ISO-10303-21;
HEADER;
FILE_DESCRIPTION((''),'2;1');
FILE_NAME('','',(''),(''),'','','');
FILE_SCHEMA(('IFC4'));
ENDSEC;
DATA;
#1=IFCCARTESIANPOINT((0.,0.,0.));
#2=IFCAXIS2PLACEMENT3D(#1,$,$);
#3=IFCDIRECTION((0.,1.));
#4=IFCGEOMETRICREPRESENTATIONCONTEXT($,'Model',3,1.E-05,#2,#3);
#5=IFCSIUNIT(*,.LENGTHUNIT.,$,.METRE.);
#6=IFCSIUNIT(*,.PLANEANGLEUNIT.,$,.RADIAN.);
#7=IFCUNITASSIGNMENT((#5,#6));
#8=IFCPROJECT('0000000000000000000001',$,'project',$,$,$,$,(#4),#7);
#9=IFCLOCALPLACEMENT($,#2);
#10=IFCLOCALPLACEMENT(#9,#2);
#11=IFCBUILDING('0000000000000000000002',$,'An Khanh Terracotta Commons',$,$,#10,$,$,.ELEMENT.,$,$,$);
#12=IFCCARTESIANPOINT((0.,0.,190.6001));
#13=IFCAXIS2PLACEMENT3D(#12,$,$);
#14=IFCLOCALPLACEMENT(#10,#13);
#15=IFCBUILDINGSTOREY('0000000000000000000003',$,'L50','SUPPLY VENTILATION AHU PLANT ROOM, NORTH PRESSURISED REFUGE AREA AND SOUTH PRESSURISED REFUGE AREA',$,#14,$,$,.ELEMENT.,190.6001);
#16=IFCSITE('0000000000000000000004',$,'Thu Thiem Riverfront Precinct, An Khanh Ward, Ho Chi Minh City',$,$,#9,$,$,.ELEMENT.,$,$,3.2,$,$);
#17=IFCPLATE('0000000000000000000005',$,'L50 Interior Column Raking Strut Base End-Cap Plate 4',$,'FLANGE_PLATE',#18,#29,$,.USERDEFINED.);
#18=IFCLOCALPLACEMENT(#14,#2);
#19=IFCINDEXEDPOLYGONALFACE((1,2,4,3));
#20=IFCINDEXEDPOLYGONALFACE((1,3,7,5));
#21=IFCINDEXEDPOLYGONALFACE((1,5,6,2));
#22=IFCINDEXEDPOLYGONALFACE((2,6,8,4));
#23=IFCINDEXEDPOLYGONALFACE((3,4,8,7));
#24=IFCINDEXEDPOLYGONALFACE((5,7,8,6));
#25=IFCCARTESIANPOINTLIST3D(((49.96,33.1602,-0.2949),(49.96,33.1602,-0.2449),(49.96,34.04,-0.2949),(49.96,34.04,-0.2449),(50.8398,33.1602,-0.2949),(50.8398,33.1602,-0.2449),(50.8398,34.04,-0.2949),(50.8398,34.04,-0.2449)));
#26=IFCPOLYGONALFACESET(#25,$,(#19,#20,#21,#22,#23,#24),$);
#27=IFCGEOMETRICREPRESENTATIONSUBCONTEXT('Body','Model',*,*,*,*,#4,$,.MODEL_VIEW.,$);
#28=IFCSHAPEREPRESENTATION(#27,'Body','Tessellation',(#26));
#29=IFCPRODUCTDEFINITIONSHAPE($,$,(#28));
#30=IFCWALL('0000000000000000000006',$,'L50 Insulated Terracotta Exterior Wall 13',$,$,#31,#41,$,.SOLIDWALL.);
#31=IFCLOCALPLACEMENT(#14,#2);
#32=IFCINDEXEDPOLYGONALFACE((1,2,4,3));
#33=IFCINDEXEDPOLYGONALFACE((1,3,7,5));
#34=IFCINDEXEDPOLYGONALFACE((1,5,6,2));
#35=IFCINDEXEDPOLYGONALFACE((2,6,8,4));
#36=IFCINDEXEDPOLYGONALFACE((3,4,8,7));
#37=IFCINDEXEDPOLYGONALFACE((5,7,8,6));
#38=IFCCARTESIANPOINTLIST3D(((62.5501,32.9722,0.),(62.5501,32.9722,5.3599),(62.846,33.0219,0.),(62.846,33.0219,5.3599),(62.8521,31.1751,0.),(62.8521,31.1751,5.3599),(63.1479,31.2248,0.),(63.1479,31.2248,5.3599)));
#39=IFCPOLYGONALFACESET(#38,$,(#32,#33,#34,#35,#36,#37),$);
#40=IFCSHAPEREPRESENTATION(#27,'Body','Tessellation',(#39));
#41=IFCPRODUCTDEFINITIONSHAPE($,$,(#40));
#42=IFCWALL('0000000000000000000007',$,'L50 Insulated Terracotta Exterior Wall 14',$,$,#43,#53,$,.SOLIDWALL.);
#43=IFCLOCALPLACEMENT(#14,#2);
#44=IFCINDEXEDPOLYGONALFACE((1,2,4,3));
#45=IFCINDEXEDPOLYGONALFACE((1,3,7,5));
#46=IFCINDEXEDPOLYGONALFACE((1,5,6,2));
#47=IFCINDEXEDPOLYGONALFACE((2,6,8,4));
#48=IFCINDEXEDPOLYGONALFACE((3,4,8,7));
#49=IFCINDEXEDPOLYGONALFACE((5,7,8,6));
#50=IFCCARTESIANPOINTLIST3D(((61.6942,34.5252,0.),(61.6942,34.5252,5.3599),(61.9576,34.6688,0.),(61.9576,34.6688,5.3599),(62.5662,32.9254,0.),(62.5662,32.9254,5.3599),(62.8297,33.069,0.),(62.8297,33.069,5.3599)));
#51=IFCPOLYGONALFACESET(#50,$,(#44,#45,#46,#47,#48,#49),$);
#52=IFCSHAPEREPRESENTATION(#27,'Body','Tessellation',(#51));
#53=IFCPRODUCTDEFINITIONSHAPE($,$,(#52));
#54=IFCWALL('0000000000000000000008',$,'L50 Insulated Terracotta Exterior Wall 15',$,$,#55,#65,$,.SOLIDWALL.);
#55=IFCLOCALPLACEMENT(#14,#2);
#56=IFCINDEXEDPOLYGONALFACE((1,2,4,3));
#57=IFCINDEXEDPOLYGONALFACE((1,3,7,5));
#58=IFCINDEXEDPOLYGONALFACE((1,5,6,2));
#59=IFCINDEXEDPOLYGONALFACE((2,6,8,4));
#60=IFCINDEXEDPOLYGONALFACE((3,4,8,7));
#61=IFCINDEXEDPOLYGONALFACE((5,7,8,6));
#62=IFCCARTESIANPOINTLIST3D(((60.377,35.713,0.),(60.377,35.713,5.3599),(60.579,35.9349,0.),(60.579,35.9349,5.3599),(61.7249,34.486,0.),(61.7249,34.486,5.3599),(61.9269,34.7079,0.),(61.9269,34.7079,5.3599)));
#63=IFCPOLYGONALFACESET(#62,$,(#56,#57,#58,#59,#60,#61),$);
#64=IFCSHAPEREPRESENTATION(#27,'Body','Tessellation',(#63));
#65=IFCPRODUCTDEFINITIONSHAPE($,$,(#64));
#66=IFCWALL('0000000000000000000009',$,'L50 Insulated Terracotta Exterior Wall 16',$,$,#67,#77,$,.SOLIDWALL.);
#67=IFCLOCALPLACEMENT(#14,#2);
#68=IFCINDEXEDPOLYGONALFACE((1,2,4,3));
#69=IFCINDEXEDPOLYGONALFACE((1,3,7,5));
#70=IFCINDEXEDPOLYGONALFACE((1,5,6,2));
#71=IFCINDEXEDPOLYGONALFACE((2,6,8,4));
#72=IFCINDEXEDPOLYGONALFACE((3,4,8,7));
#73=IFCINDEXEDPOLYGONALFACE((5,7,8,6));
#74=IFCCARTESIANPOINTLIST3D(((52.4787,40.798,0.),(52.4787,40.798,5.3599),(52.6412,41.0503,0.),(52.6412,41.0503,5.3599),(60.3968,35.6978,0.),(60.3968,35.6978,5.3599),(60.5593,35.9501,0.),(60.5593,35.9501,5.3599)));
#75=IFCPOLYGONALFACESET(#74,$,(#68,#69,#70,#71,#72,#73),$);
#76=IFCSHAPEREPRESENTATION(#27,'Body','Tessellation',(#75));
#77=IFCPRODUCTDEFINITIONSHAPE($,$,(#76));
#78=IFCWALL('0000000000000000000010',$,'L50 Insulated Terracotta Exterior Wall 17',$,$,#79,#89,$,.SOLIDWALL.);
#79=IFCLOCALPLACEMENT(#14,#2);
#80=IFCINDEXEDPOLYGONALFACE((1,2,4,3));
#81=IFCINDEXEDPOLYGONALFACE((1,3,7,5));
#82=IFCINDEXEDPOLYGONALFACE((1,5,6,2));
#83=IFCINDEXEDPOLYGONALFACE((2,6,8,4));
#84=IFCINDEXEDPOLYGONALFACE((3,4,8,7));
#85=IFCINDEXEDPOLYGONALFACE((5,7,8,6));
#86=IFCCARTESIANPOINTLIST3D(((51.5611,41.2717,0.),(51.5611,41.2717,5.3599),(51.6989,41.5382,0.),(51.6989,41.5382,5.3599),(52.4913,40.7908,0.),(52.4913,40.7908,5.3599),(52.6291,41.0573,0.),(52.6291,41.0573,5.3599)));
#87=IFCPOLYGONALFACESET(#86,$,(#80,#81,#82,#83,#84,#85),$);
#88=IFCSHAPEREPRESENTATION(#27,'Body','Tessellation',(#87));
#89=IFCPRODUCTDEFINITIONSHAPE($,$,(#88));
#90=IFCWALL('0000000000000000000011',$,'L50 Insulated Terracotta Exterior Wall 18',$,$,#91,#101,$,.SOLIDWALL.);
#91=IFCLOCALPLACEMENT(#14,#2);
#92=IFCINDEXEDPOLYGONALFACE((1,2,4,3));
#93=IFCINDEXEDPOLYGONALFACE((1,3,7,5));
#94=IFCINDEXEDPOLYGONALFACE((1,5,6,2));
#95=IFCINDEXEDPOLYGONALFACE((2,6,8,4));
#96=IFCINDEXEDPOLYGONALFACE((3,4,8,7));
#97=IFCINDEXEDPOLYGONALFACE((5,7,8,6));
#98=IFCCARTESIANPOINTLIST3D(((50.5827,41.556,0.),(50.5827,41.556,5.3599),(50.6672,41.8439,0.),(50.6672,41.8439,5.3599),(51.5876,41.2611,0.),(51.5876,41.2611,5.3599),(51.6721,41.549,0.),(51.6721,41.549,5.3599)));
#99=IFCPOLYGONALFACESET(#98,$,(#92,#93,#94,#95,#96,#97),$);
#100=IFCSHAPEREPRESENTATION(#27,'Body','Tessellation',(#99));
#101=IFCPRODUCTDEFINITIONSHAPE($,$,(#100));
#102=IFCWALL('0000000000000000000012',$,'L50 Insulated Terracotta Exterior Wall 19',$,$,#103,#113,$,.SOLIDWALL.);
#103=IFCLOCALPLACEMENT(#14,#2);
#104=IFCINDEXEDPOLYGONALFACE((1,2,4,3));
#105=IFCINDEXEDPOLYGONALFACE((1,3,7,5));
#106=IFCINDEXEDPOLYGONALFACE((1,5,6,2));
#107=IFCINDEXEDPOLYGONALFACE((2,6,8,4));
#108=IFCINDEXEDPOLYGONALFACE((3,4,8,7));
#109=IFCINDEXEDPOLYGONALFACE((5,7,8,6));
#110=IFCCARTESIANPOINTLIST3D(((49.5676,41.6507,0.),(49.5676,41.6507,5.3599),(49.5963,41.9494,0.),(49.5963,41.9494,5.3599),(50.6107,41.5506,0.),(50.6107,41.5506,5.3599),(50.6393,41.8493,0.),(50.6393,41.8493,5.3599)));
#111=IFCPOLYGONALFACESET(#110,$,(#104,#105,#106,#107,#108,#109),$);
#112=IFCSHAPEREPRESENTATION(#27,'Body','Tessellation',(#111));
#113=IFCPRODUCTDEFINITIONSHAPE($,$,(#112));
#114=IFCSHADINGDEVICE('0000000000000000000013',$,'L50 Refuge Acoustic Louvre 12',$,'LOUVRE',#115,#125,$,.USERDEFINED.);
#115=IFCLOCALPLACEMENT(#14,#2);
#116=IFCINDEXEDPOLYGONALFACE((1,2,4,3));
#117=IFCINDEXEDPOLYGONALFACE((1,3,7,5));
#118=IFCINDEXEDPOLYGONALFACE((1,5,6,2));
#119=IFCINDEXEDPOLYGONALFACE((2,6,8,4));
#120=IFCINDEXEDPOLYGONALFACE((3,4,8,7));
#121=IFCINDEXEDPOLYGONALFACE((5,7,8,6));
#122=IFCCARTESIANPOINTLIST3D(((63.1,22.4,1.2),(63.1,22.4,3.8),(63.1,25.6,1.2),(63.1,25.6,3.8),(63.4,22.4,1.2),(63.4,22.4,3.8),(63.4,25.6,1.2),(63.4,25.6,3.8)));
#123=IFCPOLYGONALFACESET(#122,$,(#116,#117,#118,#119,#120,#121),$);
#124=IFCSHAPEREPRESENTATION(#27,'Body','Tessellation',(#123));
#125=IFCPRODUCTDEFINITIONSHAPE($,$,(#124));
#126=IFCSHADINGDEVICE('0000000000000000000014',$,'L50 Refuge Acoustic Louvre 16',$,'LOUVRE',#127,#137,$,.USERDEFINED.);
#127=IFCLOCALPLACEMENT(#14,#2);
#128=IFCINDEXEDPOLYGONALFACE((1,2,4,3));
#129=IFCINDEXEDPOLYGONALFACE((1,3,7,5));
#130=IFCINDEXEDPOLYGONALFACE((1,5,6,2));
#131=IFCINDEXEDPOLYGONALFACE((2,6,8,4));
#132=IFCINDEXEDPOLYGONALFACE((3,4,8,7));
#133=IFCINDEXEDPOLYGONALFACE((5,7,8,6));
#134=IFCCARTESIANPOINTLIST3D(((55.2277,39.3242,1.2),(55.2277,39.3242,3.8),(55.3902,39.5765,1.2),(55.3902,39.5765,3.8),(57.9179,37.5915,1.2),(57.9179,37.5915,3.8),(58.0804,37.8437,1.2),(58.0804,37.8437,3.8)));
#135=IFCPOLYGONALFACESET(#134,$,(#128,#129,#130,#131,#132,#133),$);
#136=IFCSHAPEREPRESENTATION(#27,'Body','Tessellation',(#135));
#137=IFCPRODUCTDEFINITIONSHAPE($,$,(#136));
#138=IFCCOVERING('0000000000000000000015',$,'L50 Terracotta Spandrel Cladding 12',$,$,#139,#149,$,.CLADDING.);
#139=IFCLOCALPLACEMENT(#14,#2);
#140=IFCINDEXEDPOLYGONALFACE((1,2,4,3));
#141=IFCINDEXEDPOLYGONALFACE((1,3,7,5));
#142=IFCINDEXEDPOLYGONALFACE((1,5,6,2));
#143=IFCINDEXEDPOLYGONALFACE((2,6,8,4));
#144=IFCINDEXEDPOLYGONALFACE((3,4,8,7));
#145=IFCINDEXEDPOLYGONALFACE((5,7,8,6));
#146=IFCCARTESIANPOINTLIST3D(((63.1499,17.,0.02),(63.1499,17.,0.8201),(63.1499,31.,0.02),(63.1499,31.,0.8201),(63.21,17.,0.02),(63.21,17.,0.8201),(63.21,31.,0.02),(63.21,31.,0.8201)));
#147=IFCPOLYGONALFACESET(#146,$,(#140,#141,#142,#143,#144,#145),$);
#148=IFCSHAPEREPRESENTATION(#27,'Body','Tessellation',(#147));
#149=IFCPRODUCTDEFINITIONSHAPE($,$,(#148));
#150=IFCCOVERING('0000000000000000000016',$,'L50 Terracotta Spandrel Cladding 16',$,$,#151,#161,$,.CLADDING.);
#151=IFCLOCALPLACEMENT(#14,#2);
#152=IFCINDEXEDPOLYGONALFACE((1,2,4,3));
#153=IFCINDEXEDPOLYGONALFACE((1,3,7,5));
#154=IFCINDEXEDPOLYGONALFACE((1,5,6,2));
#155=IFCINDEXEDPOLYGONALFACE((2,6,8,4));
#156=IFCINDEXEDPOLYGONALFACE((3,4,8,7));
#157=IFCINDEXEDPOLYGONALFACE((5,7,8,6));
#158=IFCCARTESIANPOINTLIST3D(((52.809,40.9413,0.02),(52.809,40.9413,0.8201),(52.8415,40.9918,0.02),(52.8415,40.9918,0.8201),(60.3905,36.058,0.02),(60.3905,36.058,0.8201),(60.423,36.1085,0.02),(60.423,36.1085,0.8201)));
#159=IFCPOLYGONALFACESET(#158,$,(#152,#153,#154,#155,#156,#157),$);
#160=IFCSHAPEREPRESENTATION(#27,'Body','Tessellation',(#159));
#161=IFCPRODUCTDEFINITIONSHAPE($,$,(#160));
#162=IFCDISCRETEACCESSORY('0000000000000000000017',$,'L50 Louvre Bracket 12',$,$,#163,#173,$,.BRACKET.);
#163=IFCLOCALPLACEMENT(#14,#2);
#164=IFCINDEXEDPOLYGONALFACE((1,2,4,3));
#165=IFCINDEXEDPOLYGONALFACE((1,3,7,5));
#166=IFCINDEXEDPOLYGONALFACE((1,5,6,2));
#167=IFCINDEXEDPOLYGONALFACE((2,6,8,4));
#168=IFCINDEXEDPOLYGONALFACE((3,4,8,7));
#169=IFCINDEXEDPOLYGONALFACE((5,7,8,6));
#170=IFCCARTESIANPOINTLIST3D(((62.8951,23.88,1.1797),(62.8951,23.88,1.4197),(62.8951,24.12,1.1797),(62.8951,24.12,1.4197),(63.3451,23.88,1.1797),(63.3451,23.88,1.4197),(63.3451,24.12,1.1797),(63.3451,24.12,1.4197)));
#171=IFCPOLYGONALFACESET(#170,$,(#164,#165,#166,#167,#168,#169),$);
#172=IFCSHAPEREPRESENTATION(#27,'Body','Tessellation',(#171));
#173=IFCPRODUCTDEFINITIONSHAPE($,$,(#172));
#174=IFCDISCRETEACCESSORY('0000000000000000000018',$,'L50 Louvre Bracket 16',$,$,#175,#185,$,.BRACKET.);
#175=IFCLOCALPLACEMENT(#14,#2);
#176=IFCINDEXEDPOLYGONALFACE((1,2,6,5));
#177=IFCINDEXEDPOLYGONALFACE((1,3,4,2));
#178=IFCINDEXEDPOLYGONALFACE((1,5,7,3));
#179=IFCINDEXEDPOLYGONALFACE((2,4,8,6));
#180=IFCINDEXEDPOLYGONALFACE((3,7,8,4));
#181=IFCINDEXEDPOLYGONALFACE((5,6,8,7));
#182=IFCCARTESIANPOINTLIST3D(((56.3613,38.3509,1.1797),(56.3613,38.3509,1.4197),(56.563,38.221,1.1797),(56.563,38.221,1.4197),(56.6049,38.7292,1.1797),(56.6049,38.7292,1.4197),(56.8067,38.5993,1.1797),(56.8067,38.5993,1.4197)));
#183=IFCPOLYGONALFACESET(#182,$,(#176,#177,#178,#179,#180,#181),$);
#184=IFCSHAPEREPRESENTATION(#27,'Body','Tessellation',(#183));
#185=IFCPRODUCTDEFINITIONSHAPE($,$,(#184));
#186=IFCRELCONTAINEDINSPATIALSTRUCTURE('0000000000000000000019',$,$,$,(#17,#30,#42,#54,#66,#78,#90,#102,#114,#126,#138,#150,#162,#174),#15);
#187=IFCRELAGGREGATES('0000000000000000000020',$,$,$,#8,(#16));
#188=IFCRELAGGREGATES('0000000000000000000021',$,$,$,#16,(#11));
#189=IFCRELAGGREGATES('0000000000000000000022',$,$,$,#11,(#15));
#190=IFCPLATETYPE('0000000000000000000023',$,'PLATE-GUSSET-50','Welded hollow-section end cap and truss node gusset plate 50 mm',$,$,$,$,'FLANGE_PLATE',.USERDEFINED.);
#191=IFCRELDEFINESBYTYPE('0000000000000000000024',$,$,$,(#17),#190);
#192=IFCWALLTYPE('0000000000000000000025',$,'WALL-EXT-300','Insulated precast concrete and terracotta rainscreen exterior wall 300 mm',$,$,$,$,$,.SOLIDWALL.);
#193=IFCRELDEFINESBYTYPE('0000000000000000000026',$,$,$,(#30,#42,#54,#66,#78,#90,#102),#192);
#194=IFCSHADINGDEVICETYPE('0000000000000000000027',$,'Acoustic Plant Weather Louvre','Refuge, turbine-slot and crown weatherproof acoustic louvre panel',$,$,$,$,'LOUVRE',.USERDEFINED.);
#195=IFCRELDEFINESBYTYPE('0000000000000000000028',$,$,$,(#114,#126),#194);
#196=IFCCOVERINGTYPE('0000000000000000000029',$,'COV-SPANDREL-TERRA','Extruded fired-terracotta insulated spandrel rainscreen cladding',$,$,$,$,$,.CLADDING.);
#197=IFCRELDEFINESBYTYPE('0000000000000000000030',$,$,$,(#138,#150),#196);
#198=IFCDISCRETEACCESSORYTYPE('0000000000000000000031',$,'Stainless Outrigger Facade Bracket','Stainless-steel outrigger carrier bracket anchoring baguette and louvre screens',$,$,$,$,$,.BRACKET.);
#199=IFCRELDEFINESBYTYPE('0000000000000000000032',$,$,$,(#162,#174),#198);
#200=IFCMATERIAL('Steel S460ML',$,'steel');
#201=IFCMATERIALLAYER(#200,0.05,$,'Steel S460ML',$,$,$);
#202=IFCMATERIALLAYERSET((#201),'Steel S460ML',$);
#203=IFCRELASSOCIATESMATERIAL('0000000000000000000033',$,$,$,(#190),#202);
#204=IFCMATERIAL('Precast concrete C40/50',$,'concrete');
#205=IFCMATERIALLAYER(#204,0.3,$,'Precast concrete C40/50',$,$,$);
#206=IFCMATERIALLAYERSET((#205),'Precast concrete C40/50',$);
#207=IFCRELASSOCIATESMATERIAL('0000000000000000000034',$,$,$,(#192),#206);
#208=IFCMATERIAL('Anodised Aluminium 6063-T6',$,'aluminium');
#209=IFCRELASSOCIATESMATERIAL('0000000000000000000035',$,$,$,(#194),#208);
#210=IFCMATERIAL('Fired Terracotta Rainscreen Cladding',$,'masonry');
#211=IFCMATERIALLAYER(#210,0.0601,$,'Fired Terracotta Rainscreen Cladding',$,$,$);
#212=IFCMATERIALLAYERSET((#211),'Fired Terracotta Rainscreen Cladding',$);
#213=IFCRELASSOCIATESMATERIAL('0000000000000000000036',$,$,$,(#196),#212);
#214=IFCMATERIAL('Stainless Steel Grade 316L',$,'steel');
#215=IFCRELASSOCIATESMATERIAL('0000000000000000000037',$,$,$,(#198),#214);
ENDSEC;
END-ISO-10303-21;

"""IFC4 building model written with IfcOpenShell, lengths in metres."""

from ifc_helpers import new_model, si_unit, direction, frame, frame_2d, origin, origin_2d, place, context, subcontext, project, spatial, rectangle, extrude, material, layer, layer_set, type_object, element, save


model = new_model("IFC4")

# Units and contexts
model_context = context("Model", 3, precision=1e-05, world=origin(), true_north=direction((0.0, 1.0)))
body_context = subcontext(model_context, "Body", "Model", "MODEL_VIEW")
ifc_project = project(units=[si_unit("LENGTHUNIT", "METRE"), si_unit("PLANEANGLEUNIT", "RADIAN")], contexts=[model_context])

# Site, building, storey
site_placement = place(None, origin())
site = spatial("IfcSite", under=ifc_project, at=site_placement, Name="Thu Thiem Riverfront Precinct, An Khanh Ward, Ho Chi Minh City", CompositionType="ELEMENT", RefElevation=3.2)
building_placement = place(site_placement, origin())
building = spatial("IfcBuilding", under=site, at=building_placement, Name="An Khanh Terracotta Commons", CompositionType="ELEMENT")
storey_placement = place(building_placement, frame((0.0, 0.0, 190.6001)))
storey = spatial("IfcBuildingStorey", under=building, at=storey_placement, Name="L50", Description="SUPPLY VENTILATION AHU PLANT ROOM, NORTH PRESSURISED REFUGE AREA AND SOUTH PRESSURISED REFUGE AREA", CompositionType="ELEMENT", Elevation=190.6001)

# Shared definitions
ifc_material_1 = material(Name="Steel S460ML", Category="steel")

# Plate
ifc_layer_1 = layer(ifc_material_1, 0.05, Name="Steel S460ML")
ifc_layer_set_1 = layer_set([ifc_layer_1], Name="Steel S460ML")
plate_type_1 = type_object("IfcPlateType", Name="PLATE-GUSSET-50", Description="Welded hollow-section end cap and truss node gusset plate 50 mm", ElementType="FLANGE_PLATE", PredefinedType="USERDEFINED", material=ifc_layer_set_1)
plate_placement = place(storey_placement, frame((50.3999, 33.6001, -0.2949), z_axis=(0.0, 0.0, 1.0), x_axis=(1.0, 0.0, 0.0)))
element("IfcPlate", 1, at=plate_placement, inside=storey, type_object=plate_type_1, Name="L50 Interior Column Raking Strut Base End-Cap Plate 4", ObjectType="FLANGE_PLATE", PredefinedType="USERDEFINED", context=body_context, shape_type="SweptSolid", body=[
    extrude(rectangle(XDim=0.8799, YDim=0.8799, at=origin_2d()), origin(), (0.0, 0.0, 1.0), 0.05),
])

# Walls
ifc_material_2 = material(Name="Precast concrete C40/50", Category="concrete")
ifc_layer_2 = layer(ifc_material_2, 0.3, Name="Precast concrete C40/50")
ifc_layer_set_2 = layer_set([ifc_layer_2], Name="Precast concrete C40/50")
wall_type = type_object("IfcWallType", Name="WALL-EXT-300", Description="Insulated precast concrete and terracotta rainscreen exterior wall 300 mm", PredefinedType="SOLIDWALL", material=ifc_layer_set_2)
wall_1_placement = place(storey_placement, frame((63.0, 31.2, 0.0), z_axis=(0.0, 0.0, 1.0), x_axis=(-0.165724, 0.986172, 0.0)))
element("IfcWall", 2, at=wall_1_placement, inside=storey, type_object=wall_type, Name="L50 Insulated Terracotta Exterior Wall 13", PredefinedType="SOLIDWALL", context=body_context, shape_type="SweptSolid", body=[
    extrude(rectangle(XDim=1.8223, YDim=0.3, at=frame_2d((0.9111, 0.0))), origin(), (0.0, 0.0, 1.0), 5.3599),
])
wall_2_placement = place(storey_placement, frame((62.698, 32.9971, 0.0), z_axis=(0.0, 0.0, 1.0), x_axis=(-0.478608, 0.878029, 0.0)))
element("IfcWall", 3, at=wall_2_placement, inside=storey, type_object=wall_type, Name="L50 Insulated Terracotta Exterior Wall 14", PredefinedType="SOLIDWALL", context=body_context, shape_type="SweptSolid", body=[
    extrude(rectangle(XDim=1.822, YDim=0.3, at=frame_2d((0.9111, 0.0))), origin(), (0.0, 0.0, 1.0), 5.3599),
])
wall_3_placement = place(storey_placement, frame((61.8259, 34.5969, 0.0), z_axis=(0.0, 0.0, 1.0), x_axis=(-0.739479, 0.673179, 0.0)))
element("IfcWall", 4, at=wall_3_placement, inside=storey, type_object=wall_type, Name="L50 Insulated Terracotta Exterior Wall 15", PredefinedType="SOLIDWALL", context=body_context, shape_type="SweptSolid", body=[
    extrude(rectangle(XDim=1.8228, YDim=0.3, at=frame_2d((0.9114, 0.0))), origin(), (0.0, 0.0, 1.0), 5.3599),
])
wall_4_placement = place(storey_placement, frame((60.478, 35.824, 0.0), z_axis=(0.0, 0.0, 1.0), x_axis=(-0.840696, 0.541507, 0.0)))
element("IfcWall", 5, at=wall_4_placement, inside=storey, type_object=wall_type, Name="L50 Insulated Terracotta Exterior Wall 16", PredefinedType="SOLIDWALL", context=body_context, shape_type="SweptSolid", body=[
    extrude(rectangle(XDim=9.4185, YDim=0.3, at=frame_2d((4.7092, 0.0))), origin(), (0.0, 0.0, 1.0), 5.3599),
])
wall_5_placement = place(storey_placement, frame((52.5601, 40.9241, 0.0), z_axis=(0.0, 0.0, 1.0), x_axis=(-0.888283, 0.459296, 0.0)))
element("IfcWall", 6, at=wall_5_placement, inside=storey, type_object=wall_type, Name="L50 Insulated Terracotta Exterior Wall 17", PredefinedType="SOLIDWALL", context=body_context, shape_type="SweptSolid", body=[
    extrude(rectangle(XDim=1.0471, YDim=0.3, at=frame_2d((0.5234, 0.0))), origin(), (0.0, 0.0, 1.0), 5.3599),
])
wall_6_placement = place(storey_placement, frame((51.6299, 41.405, 0.0), z_axis=(0.0, 0.0, 1.0), x_axis=(-0.959529, 0.281611, 0.0)))
element("IfcWall", 7, at=wall_6_placement, inside=storey, type_object=wall_type, Name="L50 Insulated Terracotta Exterior Wall 18", PredefinedType="SOLIDWALL", context=body_context, shape_type="SweptSolid", body=[
    extrude(rectangle(XDim=1.0474, YDim=0.3, at=frame_2d((0.5237, 0.0))), origin(), (0.0, 0.0, 1.0), 5.3599),
])
wall_7_placement = place(storey_placement, frame((50.625, 41.7, 0.0), z_axis=(0.0, 0.0, 1.0), x_axis=(-0.995426, 0.095535, 0.0)))
element("IfcWall", 8, at=wall_7_placement, inside=storey, type_object=wall_type, Name="L50 Insulated Terracotta Exterior Wall 19", PredefinedType="SOLIDWALL", context=body_context, shape_type="SweptSolid", body=[
    extrude(rectangle(XDim=1.0479, YDim=0.3, at=frame_2d((0.5239, 0.0))), origin(), (0.0, 0.0, 1.0), 5.3599),
])

# Shading devices
ifc_material_3 = material(Name="Anodised Aluminium 6063-T6", Category="aluminium")
shading_device_type = type_object("IfcShadingDeviceType", Name="Acoustic Plant Weather Louvre", Description="Refuge, turbine-slot and crown weatherproof acoustic louvre panel", ElementType="LOUVRE", PredefinedType="USERDEFINED", material=ifc_material_3)
for number, where, z_axis, x_axis, name in (
    (9, (63.25, 24.0, 1.2), (0.0, 0.0, 1.0), (0.0, 1.0, 0.0), "L50 Refuge Acoustic Louvre 12"),
    (10, (56.6541, 38.584, 1.2), (0.0, 0.0, 1.0), (-0.840702, 0.541498, 0.0), "L50 Refuge Acoustic Louvre 16"),
):
    element("IfcShadingDevice", number, at=place(storey_placement, frame(where, z_axis=z_axis, x_axis=x_axis)), inside=storey, type_object=shading_device_type, Name=name, ObjectType="LOUVRE", PredefinedType="USERDEFINED", context=body_context, shape_type="SweptSolid", body=[
        extrude(rectangle(XDim=3.2, YDim=0.3, at=origin_2d()), origin(), (0.0, 0.0, 1.0), 2.6001),
    ])

# Coverings
ifc_material_4 = material(Name="Fired Terracotta Rainscreen Cladding", Category="masonry")
ifc_layer_3 = layer(ifc_material_4, 0.0601, Name="Fired Terracotta Rainscreen Cladding")
ifc_layer_set_3 = layer_set([ifc_layer_3], Name="Fired Terracotta Rainscreen Cladding")
covering_type = type_object("IfcCoveringType", Name="COV-SPANDREL-TERRA", Description="Extruded fired-terracotta insulated spandrel rainscreen cladding", PredefinedType="CLADDING", material=ifc_layer_set_3)
covering_1_placement = place(storey_placement, frame((63.1799, 24.0, 0.02), z_axis=(0.0, 0.0, 1.0), x_axis=(0.0, 1.0, 0.0)))
element("IfcCovering", 11, at=covering_1_placement, inside=storey, type_object=covering_type, Name="L50 Terracotta Spandrel Cladding 12", PredefinedType="CLADDING", context=body_context, shape_type="SweptSolid", body=[
    extrude(rectangle(XDim=14.0, YDim=0.0601, at=origin_2d()), origin(), (0.0, 0.0, 1.0), 0.8),
])
covering_2_placement = place(storey_placement, frame((56.616, 38.5249, 0.02), z_axis=(0.0, 0.0, 1.0), x_axis=(-0.840702, 0.541498, 0.0)))
element("IfcCovering", 12, at=covering_2_placement, inside=storey, type_object=covering_type, Name="L50 Terracotta Spandrel Cladding 16", PredefinedType="CLADDING", context=body_context, shape_type="SweptSolid", body=[
    extrude(rectangle(XDim=9.0181, YDim=0.0601, at=origin_2d()), origin(), (0.0, 0.0, 1.0), 0.8),
])

# Discrete accessories
ifc_material_5 = material(Name="Stainless Steel Grade 316L", Category="steel")
discrete_accessory_type = type_object("IfcDiscreteAccessoryType", Name="Stainless Outrigger Facade Bracket", Description="Stainless-steel outrigger carrier bracket anchoring baguette and louvre screens", PredefinedType="BRACKET", material=ifc_material_5)
for number, where, z_axis, x_axis, name in (
    (13, (63.1201, 24.0, 1.1797), (0.0, 0.0, 1.0), (0.0, 1.0, 0.0), "L50 Louvre Bracket 12"),
    (14, (56.584, 38.4751, 1.1797), (0.0, 0.0, 1.0), (-0.840702, 0.541498, 0.0), "L50 Louvre Bracket 16"),
):
    element("IfcDiscreteAccessory", number, at=place(storey_placement, frame(where, z_axis=z_axis, x_axis=x_axis)), inside=storey, type_object=discrete_accessory_type, Name=name, PredefinedType="BRACKET", context=body_context, shape_type="SweptSolid", body=[
        extrude(rectangle(XDim=0.24, YDim=0.45, at=origin_2d()), origin(), (0.0, 0.0, 1.0), 0.24),
    ])

save(model, "model.ifc")
